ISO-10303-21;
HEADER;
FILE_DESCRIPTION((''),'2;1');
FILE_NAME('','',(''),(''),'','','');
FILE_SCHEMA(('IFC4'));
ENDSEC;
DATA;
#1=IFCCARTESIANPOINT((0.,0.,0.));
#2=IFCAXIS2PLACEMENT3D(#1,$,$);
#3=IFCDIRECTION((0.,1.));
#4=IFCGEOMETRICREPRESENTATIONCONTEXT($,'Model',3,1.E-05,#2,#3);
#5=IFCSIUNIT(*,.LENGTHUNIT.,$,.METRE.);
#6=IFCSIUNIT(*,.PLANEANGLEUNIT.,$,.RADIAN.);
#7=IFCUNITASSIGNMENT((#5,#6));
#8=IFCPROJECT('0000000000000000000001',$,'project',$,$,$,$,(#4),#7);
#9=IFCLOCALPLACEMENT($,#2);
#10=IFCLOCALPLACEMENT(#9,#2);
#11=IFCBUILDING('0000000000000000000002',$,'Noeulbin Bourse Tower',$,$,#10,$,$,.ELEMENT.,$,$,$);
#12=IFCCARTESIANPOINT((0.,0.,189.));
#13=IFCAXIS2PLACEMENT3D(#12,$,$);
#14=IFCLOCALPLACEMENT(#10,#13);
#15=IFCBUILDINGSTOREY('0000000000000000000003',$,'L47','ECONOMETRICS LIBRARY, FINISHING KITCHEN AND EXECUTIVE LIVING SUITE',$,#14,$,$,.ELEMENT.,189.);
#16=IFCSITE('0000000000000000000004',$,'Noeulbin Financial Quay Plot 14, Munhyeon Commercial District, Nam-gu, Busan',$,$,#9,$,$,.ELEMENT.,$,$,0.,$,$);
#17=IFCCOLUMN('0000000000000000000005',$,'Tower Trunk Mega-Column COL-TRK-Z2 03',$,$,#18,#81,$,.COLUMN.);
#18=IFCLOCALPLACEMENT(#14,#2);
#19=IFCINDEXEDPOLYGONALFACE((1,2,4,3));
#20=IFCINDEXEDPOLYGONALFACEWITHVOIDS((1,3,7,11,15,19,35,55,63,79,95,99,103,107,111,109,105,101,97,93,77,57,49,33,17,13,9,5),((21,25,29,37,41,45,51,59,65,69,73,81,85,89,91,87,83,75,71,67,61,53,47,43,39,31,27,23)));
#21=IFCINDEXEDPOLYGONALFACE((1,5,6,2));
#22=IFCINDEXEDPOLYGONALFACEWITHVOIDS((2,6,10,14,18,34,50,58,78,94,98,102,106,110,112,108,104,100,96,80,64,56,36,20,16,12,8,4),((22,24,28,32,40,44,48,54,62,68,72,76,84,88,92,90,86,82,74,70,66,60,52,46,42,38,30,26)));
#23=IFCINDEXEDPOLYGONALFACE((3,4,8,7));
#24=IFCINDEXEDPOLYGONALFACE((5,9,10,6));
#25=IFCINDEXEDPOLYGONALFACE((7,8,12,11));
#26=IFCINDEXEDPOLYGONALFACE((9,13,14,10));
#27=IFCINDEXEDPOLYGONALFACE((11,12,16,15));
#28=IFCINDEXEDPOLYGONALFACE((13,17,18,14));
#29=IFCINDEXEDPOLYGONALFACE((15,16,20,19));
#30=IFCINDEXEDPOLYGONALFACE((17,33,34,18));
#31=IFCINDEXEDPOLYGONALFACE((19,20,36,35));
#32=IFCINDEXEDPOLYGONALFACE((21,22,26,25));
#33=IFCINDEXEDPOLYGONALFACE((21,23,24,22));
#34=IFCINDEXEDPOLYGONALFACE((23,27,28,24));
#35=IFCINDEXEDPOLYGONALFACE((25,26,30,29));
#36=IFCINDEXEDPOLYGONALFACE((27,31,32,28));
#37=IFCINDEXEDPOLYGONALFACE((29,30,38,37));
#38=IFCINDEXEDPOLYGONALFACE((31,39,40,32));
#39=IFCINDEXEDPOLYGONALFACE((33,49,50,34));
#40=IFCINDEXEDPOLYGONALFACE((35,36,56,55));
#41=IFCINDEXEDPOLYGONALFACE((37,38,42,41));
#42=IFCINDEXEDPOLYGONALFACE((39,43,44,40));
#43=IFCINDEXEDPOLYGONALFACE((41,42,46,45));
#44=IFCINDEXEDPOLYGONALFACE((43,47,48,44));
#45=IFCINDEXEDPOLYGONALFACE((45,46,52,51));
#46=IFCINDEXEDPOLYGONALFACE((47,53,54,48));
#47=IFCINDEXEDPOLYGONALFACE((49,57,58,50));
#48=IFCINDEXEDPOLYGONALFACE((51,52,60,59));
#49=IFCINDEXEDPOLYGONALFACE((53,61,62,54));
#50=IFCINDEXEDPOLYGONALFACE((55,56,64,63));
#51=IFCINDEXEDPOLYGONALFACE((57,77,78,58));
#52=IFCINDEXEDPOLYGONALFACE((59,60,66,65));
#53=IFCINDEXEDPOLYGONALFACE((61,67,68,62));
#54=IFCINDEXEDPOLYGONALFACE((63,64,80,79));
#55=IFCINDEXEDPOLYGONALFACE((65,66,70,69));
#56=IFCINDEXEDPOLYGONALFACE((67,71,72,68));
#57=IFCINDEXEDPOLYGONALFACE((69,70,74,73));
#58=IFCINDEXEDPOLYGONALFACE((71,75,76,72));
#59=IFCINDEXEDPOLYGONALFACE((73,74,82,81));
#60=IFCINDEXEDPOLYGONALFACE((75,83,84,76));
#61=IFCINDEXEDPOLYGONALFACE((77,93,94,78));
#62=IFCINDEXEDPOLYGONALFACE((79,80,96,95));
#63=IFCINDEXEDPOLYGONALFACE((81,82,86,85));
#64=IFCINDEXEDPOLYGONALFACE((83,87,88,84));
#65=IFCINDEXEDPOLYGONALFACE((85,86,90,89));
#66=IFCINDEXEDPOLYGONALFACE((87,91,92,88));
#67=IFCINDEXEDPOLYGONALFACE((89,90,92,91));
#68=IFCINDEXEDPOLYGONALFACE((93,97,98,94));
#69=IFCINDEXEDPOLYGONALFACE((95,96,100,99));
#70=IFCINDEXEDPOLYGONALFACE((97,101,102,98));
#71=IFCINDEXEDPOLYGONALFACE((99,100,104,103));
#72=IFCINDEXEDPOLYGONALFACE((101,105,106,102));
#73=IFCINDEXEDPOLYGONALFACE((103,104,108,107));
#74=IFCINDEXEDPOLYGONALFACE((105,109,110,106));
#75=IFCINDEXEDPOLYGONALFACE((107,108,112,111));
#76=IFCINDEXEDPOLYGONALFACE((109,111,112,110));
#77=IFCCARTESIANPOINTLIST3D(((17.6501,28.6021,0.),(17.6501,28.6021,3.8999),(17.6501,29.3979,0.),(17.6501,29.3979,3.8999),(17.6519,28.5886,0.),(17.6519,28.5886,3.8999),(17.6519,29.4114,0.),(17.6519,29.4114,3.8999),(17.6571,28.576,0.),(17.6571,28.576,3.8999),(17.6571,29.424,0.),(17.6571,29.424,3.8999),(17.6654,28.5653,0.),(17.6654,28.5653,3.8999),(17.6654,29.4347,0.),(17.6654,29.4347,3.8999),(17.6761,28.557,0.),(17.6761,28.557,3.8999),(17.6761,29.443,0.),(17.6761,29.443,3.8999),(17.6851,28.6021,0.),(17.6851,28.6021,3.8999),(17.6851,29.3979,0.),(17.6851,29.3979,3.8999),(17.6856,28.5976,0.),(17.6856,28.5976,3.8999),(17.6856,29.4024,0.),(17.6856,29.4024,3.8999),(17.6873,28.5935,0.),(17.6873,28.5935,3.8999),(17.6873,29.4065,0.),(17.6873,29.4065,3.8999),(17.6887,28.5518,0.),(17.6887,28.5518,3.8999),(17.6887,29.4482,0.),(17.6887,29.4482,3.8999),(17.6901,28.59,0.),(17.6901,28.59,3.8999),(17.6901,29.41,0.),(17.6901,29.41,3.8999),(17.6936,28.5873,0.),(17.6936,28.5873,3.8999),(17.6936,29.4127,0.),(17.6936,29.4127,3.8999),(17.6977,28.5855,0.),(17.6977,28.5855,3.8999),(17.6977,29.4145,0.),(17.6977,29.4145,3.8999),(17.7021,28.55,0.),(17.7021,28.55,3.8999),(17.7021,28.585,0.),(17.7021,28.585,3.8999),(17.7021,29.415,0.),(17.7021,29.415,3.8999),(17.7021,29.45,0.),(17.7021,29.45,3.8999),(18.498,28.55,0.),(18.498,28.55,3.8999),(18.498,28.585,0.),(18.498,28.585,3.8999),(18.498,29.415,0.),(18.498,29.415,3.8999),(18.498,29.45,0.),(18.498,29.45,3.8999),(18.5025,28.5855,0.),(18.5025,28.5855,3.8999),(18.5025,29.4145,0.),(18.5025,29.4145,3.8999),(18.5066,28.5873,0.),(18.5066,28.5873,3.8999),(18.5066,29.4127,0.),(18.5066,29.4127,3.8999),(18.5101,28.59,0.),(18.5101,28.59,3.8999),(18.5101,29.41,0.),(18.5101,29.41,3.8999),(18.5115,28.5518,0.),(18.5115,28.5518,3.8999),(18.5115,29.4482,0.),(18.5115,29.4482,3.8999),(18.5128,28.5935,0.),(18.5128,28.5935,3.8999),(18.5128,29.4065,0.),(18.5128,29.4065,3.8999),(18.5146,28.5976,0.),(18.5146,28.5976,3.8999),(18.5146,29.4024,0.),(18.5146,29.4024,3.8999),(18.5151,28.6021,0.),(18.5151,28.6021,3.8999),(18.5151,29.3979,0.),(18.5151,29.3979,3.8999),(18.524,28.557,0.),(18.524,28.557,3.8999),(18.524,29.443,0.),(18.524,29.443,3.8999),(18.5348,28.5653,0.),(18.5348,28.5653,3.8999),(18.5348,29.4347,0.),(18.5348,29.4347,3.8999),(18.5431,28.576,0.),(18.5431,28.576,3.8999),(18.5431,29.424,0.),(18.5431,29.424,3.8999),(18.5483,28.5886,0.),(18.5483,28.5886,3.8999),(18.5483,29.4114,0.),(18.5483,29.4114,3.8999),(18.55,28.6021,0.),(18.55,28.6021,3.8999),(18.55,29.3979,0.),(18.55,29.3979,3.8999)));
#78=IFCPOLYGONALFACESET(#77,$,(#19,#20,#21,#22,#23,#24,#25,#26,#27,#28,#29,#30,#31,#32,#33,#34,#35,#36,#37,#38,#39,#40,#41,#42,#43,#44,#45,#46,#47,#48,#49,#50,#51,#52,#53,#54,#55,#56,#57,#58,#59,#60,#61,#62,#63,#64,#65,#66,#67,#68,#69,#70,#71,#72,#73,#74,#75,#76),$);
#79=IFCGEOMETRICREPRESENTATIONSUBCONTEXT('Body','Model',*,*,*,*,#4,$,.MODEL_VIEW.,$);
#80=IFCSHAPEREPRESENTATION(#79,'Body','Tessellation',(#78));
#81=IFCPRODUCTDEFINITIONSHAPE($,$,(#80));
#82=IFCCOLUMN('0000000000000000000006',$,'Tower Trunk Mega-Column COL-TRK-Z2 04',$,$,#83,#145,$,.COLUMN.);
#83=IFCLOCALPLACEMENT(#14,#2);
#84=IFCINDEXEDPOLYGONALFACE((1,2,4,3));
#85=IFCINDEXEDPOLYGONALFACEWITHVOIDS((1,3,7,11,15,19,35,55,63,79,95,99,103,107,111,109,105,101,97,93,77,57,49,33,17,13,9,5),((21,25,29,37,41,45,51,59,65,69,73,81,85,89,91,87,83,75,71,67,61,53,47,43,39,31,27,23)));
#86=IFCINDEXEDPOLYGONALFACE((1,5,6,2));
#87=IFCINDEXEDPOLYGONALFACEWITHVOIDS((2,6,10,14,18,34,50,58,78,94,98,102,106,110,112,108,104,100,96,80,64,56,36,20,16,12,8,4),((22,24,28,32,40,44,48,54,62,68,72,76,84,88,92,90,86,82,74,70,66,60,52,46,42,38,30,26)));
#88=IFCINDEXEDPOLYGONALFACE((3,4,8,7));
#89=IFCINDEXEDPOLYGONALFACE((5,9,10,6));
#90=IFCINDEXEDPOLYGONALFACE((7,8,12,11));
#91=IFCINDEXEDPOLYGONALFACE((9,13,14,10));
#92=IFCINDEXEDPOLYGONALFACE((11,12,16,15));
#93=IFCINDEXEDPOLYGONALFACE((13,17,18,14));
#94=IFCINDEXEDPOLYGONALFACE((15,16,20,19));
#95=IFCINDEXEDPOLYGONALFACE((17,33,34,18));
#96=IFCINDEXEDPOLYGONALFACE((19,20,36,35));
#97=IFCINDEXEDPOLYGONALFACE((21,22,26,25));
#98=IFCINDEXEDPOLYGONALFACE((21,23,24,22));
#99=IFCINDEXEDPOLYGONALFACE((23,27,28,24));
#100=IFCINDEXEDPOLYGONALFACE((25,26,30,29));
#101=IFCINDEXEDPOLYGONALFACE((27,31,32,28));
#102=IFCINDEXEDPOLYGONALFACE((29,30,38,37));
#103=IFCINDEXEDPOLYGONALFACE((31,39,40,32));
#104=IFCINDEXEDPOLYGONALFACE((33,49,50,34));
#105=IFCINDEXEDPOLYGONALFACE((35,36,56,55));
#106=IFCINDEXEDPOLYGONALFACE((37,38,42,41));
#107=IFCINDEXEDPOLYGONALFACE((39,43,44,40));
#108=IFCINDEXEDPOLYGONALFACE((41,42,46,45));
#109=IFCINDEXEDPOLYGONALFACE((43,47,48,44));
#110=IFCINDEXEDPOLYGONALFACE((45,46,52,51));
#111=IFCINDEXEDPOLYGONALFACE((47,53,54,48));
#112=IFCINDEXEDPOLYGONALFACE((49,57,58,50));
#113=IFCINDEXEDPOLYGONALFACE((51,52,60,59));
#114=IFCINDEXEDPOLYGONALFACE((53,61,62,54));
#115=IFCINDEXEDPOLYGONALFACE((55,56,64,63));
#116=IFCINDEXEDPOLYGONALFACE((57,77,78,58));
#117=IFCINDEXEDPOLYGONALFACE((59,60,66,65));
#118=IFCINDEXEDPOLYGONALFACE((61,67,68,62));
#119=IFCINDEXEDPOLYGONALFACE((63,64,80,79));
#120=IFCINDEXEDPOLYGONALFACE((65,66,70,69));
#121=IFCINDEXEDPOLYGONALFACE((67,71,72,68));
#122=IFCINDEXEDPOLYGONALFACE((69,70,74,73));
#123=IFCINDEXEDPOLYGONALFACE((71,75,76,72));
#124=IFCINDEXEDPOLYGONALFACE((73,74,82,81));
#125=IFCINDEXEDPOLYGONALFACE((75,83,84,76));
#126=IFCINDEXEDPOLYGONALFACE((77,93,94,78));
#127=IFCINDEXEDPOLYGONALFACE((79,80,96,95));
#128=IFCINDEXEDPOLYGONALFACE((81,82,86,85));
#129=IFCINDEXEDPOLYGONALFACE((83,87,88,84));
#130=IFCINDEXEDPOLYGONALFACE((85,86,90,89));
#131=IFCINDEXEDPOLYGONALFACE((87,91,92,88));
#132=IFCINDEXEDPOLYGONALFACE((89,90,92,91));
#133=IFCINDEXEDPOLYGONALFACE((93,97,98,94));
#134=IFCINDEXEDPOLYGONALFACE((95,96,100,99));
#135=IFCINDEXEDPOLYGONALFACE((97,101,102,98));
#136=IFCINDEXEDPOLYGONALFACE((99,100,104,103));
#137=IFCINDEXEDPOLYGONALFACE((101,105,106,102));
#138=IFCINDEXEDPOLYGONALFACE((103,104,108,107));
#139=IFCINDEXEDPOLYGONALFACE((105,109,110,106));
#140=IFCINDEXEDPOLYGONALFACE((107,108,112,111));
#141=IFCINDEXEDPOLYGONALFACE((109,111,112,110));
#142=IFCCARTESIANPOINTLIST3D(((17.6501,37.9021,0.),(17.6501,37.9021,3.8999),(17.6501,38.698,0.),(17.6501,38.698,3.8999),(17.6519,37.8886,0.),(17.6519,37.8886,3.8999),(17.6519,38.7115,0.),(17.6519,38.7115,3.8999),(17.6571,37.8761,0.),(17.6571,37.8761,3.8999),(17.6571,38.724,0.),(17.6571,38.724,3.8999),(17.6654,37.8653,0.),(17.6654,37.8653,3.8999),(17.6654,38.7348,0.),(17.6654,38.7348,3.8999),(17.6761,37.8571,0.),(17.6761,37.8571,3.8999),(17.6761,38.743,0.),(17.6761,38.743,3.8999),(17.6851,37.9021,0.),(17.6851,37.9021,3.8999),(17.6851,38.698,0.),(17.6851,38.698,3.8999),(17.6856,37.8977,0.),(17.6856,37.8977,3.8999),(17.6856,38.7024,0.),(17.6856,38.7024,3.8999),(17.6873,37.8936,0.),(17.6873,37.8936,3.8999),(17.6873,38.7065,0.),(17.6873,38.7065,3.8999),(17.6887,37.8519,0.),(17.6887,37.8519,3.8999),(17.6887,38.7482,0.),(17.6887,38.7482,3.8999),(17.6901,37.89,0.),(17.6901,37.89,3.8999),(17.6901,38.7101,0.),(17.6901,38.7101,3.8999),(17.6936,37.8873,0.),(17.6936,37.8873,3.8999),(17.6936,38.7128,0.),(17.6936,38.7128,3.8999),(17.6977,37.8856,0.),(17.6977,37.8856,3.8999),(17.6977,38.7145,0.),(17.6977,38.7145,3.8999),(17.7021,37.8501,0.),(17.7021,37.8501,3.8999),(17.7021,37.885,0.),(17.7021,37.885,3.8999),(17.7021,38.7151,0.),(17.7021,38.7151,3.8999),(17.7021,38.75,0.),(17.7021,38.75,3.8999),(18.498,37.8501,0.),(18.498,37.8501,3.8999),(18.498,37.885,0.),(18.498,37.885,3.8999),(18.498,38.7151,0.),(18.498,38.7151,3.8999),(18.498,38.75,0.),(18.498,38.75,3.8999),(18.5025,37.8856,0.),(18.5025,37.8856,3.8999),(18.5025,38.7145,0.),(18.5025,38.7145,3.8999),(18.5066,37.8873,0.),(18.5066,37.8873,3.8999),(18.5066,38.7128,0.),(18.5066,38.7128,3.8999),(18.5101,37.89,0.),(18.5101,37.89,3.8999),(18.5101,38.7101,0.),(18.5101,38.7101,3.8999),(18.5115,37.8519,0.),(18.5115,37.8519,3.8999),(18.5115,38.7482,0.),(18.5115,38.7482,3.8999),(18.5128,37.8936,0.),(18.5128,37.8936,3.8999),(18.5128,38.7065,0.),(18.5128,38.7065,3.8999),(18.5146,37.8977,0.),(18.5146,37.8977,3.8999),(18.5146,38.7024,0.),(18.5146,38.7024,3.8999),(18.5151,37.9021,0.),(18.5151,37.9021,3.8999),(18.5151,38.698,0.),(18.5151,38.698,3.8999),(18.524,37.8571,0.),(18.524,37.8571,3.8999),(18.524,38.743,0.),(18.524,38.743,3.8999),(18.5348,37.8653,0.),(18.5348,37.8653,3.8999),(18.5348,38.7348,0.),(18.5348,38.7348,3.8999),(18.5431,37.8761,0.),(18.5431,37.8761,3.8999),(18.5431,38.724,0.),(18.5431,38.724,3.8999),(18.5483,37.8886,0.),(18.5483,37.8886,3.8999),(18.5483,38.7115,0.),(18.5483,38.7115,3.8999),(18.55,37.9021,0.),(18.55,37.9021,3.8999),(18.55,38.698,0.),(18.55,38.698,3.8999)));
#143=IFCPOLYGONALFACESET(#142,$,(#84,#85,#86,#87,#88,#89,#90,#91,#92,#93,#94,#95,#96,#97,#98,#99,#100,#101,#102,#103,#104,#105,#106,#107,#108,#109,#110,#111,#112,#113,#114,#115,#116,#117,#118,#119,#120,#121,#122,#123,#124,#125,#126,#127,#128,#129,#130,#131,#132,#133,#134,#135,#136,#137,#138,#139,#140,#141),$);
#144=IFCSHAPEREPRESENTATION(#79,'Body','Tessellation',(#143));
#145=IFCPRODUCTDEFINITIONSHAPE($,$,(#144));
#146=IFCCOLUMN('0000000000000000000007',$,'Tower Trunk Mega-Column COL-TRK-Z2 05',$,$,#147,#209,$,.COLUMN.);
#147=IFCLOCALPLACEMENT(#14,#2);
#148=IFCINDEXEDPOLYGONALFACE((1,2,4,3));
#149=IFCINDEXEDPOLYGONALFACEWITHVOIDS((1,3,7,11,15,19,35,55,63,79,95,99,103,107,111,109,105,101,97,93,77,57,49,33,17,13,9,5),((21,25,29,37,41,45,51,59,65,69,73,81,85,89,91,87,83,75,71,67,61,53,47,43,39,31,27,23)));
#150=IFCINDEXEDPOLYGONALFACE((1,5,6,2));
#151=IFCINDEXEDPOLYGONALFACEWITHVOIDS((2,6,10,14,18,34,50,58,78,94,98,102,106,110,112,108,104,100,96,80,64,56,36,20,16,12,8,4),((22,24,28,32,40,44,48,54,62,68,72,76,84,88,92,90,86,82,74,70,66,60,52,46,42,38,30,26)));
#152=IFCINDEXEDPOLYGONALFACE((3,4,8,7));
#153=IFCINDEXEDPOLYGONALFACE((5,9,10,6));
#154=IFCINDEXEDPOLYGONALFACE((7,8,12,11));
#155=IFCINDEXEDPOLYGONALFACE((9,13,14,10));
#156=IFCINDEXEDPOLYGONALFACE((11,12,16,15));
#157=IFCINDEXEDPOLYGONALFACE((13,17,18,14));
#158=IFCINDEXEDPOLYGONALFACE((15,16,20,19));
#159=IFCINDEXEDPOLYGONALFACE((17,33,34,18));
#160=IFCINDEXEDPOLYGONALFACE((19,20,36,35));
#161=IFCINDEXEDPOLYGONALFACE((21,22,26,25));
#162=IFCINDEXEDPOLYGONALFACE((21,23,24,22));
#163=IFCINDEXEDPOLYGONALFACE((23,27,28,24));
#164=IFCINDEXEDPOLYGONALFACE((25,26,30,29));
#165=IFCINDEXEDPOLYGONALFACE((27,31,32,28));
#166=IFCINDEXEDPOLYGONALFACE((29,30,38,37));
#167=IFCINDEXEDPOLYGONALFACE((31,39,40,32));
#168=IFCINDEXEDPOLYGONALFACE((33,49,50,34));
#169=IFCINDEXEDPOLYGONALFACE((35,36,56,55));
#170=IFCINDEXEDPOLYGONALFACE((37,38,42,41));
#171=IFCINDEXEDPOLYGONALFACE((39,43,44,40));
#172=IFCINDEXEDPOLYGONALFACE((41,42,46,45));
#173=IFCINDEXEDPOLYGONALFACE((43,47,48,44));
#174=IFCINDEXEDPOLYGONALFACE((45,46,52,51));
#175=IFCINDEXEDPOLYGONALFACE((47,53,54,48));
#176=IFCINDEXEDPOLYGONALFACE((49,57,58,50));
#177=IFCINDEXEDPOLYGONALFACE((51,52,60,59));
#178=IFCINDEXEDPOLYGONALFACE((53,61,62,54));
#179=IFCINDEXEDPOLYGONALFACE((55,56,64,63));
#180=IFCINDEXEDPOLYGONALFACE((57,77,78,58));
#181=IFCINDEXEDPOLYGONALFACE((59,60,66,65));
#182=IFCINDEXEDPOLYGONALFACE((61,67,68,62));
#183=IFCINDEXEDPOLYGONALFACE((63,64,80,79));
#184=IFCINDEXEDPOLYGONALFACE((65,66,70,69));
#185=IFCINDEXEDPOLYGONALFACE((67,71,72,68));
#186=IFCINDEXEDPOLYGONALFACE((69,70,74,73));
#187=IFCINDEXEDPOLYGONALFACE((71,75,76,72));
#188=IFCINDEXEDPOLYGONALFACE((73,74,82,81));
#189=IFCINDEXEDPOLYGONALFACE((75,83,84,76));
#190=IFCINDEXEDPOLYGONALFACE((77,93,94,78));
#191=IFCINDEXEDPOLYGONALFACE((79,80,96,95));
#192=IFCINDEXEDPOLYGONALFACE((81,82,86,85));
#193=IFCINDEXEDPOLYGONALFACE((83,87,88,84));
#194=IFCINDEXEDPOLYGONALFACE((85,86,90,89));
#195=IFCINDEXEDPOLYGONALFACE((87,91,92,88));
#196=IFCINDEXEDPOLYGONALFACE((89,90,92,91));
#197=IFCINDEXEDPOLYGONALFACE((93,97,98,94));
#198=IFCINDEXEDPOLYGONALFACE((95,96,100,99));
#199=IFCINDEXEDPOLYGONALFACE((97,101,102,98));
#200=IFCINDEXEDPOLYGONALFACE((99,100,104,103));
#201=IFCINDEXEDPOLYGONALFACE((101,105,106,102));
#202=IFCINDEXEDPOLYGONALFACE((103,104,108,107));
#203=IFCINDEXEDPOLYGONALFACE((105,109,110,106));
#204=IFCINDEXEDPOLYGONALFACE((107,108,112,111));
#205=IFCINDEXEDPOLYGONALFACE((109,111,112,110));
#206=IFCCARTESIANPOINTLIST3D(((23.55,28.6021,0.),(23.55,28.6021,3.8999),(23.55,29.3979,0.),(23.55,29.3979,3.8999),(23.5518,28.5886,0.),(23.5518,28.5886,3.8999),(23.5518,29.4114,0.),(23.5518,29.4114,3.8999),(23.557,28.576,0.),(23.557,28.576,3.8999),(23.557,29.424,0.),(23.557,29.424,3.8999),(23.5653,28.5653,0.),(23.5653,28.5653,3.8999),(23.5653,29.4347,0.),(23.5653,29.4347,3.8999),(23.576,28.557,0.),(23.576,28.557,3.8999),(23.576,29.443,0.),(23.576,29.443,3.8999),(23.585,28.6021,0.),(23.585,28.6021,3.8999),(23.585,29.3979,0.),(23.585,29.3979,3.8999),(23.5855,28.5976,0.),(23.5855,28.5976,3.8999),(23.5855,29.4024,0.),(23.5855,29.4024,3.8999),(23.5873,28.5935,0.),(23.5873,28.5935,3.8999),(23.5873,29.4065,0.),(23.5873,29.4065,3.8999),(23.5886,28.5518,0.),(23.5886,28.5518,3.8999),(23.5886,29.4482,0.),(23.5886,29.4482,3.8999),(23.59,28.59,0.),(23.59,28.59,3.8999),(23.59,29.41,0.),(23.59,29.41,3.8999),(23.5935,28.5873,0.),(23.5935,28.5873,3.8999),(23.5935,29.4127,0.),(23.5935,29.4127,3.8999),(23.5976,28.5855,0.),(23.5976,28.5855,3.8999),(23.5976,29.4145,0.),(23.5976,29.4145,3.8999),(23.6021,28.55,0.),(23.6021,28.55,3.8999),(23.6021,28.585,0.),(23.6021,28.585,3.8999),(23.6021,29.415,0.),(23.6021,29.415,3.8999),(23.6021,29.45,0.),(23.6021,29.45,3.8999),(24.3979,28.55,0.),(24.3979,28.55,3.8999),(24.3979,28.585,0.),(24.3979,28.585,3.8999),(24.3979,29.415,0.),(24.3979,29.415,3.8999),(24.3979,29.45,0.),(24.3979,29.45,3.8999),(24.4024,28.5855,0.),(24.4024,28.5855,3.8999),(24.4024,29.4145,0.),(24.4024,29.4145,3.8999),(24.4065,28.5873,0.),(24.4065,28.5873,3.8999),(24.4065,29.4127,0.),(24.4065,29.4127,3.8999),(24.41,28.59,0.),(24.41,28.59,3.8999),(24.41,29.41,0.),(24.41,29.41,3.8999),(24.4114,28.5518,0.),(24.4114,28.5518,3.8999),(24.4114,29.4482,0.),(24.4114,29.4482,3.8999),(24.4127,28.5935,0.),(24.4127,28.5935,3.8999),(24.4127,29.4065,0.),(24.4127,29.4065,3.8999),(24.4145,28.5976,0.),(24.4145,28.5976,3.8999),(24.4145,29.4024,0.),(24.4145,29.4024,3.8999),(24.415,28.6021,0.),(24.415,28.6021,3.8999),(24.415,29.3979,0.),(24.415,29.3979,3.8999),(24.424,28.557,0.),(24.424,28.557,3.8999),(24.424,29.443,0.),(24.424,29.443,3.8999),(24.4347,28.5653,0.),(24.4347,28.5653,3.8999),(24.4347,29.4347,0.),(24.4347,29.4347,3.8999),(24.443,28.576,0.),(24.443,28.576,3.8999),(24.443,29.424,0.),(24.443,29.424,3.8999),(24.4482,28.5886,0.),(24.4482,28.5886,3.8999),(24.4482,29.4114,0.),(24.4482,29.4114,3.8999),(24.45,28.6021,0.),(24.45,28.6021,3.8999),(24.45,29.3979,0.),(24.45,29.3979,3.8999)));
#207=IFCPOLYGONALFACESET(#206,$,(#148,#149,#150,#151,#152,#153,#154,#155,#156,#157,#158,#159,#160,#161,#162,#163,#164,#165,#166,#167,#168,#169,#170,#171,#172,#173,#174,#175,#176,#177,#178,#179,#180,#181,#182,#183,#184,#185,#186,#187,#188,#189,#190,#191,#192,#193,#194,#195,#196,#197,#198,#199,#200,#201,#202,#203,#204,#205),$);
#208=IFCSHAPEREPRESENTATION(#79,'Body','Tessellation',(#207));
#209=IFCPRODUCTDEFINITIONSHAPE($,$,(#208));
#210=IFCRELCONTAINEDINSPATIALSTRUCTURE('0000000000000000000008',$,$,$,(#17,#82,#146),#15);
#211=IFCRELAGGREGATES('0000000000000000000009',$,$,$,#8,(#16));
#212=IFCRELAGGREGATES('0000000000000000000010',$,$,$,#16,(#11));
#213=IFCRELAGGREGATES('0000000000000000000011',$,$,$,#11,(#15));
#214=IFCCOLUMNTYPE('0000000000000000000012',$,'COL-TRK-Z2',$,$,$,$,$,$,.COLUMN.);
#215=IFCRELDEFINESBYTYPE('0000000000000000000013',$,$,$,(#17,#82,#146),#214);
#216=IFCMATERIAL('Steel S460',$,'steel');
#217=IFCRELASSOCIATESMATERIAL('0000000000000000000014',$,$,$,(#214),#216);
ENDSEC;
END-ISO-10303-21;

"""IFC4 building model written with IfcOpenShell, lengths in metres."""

from ifc_helpers import new_model, si_unit, direction, frame, origin, origin_2d, place, context, subcontext, project, spatial, hollow_rectangle, extrude, material, material_profile, profile_set, type_object, element, save


model = new_model("IFC4")

# Units and contexts
model_context = context("Model", 3, precision=1e-05, world=origin(), true_north=direction((0.0, 1.0)))
body_context = subcontext(model_context, "Body", "Model", "MODEL_VIEW")
ifc_project = project(units=[si_unit("LENGTHUNIT", "METRE"), si_unit("PLANEANGLEUNIT", "RADIAN")], contexts=[model_context])

# Site, building, storey
site_placement = place(None, origin())
site = spatial("IfcSite", under=ifc_project, at=site_placement, Name="Noeulbin Financial Quay Plot 14, Munhyeon Commercial District, Nam-gu, Busan", CompositionType="ELEMENT", RefElevation=0.0)
building_placement = place(site_placement, origin())
building = spatial("IfcBuilding", under=site, at=building_placement, Name="Noeulbin Bourse Tower", CompositionType="ELEMENT")
storey_placement = place(building_placement, frame((0.0, 0.0, 189.0)))
storey = spatial("IfcBuildingStorey", under=building, at=storey_placement, Name="L47", Description="ECONOMETRICS LIBRARY, FINISHING KITCHEN AND EXECUTIVE LIVING SUITE", CompositionType="ELEMENT", Elevation=189.0)

# Columns
ifc_material_1 = material(Name="Steel S460", Category="steel")
ifc_material_profile_1 = material_profile(ifc_material_1, hollow_rectangle(XDim=0.8999, YDim=0.8999, WallThickness=0.0349, InnerFilletRadius=0.0171, OuterFilletRadius=0.052, at=origin_2d()), Name="BOX-900x900x35", Category="LoadBearing")
ifc_profile_set_1 = profile_set([ifc_material_profile_1], Name="Steel S460")
column_type = type_object("IfcColumnType", Name="COL-TRK-Z2", PredefinedType="COLUMN", material=ifc_profile_set_1)
for number, where, z_axis, x_axis, name in (
    (1, (18.1001, 29.0, 0.0), (0.0, 0.0, 1.0), (1.0, 0.0, 0.0), "Tower Trunk Mega-Column COL-TRK-Z2 03"),
    (2, (18.1001, 38.3, 0.0), (0.0, 0.0, 1.0), (1.0, 0.0, 0.0), "Tower Trunk Mega-Column COL-TRK-Z2 04"),
    (3, (24.0, 29.0, 0.0), (0.0, 0.0, 1.0), (1.0, 0.0, 0.0), "Tower Trunk Mega-Column COL-TRK-Z2 05"),
):
    element("IfcColumn", number, at=place(storey_placement, frame(where, z_axis=z_axis, x_axis=x_axis)), inside=storey, type_object=column_type, Name=name, PredefinedType="COLUMN", context=body_context, shape_type="SweptSolid", body=[
        extrude(hollow_rectangle(XDim=0.8999, YDim=0.8999, WallThickness=0.0349, InnerFilletRadius=0.0171, OuterFilletRadius=0.052, at=origin_2d()), origin(), (0.0, 0.0, 1.0), 3.8999),
    ])

save(model, "model.ifc")
